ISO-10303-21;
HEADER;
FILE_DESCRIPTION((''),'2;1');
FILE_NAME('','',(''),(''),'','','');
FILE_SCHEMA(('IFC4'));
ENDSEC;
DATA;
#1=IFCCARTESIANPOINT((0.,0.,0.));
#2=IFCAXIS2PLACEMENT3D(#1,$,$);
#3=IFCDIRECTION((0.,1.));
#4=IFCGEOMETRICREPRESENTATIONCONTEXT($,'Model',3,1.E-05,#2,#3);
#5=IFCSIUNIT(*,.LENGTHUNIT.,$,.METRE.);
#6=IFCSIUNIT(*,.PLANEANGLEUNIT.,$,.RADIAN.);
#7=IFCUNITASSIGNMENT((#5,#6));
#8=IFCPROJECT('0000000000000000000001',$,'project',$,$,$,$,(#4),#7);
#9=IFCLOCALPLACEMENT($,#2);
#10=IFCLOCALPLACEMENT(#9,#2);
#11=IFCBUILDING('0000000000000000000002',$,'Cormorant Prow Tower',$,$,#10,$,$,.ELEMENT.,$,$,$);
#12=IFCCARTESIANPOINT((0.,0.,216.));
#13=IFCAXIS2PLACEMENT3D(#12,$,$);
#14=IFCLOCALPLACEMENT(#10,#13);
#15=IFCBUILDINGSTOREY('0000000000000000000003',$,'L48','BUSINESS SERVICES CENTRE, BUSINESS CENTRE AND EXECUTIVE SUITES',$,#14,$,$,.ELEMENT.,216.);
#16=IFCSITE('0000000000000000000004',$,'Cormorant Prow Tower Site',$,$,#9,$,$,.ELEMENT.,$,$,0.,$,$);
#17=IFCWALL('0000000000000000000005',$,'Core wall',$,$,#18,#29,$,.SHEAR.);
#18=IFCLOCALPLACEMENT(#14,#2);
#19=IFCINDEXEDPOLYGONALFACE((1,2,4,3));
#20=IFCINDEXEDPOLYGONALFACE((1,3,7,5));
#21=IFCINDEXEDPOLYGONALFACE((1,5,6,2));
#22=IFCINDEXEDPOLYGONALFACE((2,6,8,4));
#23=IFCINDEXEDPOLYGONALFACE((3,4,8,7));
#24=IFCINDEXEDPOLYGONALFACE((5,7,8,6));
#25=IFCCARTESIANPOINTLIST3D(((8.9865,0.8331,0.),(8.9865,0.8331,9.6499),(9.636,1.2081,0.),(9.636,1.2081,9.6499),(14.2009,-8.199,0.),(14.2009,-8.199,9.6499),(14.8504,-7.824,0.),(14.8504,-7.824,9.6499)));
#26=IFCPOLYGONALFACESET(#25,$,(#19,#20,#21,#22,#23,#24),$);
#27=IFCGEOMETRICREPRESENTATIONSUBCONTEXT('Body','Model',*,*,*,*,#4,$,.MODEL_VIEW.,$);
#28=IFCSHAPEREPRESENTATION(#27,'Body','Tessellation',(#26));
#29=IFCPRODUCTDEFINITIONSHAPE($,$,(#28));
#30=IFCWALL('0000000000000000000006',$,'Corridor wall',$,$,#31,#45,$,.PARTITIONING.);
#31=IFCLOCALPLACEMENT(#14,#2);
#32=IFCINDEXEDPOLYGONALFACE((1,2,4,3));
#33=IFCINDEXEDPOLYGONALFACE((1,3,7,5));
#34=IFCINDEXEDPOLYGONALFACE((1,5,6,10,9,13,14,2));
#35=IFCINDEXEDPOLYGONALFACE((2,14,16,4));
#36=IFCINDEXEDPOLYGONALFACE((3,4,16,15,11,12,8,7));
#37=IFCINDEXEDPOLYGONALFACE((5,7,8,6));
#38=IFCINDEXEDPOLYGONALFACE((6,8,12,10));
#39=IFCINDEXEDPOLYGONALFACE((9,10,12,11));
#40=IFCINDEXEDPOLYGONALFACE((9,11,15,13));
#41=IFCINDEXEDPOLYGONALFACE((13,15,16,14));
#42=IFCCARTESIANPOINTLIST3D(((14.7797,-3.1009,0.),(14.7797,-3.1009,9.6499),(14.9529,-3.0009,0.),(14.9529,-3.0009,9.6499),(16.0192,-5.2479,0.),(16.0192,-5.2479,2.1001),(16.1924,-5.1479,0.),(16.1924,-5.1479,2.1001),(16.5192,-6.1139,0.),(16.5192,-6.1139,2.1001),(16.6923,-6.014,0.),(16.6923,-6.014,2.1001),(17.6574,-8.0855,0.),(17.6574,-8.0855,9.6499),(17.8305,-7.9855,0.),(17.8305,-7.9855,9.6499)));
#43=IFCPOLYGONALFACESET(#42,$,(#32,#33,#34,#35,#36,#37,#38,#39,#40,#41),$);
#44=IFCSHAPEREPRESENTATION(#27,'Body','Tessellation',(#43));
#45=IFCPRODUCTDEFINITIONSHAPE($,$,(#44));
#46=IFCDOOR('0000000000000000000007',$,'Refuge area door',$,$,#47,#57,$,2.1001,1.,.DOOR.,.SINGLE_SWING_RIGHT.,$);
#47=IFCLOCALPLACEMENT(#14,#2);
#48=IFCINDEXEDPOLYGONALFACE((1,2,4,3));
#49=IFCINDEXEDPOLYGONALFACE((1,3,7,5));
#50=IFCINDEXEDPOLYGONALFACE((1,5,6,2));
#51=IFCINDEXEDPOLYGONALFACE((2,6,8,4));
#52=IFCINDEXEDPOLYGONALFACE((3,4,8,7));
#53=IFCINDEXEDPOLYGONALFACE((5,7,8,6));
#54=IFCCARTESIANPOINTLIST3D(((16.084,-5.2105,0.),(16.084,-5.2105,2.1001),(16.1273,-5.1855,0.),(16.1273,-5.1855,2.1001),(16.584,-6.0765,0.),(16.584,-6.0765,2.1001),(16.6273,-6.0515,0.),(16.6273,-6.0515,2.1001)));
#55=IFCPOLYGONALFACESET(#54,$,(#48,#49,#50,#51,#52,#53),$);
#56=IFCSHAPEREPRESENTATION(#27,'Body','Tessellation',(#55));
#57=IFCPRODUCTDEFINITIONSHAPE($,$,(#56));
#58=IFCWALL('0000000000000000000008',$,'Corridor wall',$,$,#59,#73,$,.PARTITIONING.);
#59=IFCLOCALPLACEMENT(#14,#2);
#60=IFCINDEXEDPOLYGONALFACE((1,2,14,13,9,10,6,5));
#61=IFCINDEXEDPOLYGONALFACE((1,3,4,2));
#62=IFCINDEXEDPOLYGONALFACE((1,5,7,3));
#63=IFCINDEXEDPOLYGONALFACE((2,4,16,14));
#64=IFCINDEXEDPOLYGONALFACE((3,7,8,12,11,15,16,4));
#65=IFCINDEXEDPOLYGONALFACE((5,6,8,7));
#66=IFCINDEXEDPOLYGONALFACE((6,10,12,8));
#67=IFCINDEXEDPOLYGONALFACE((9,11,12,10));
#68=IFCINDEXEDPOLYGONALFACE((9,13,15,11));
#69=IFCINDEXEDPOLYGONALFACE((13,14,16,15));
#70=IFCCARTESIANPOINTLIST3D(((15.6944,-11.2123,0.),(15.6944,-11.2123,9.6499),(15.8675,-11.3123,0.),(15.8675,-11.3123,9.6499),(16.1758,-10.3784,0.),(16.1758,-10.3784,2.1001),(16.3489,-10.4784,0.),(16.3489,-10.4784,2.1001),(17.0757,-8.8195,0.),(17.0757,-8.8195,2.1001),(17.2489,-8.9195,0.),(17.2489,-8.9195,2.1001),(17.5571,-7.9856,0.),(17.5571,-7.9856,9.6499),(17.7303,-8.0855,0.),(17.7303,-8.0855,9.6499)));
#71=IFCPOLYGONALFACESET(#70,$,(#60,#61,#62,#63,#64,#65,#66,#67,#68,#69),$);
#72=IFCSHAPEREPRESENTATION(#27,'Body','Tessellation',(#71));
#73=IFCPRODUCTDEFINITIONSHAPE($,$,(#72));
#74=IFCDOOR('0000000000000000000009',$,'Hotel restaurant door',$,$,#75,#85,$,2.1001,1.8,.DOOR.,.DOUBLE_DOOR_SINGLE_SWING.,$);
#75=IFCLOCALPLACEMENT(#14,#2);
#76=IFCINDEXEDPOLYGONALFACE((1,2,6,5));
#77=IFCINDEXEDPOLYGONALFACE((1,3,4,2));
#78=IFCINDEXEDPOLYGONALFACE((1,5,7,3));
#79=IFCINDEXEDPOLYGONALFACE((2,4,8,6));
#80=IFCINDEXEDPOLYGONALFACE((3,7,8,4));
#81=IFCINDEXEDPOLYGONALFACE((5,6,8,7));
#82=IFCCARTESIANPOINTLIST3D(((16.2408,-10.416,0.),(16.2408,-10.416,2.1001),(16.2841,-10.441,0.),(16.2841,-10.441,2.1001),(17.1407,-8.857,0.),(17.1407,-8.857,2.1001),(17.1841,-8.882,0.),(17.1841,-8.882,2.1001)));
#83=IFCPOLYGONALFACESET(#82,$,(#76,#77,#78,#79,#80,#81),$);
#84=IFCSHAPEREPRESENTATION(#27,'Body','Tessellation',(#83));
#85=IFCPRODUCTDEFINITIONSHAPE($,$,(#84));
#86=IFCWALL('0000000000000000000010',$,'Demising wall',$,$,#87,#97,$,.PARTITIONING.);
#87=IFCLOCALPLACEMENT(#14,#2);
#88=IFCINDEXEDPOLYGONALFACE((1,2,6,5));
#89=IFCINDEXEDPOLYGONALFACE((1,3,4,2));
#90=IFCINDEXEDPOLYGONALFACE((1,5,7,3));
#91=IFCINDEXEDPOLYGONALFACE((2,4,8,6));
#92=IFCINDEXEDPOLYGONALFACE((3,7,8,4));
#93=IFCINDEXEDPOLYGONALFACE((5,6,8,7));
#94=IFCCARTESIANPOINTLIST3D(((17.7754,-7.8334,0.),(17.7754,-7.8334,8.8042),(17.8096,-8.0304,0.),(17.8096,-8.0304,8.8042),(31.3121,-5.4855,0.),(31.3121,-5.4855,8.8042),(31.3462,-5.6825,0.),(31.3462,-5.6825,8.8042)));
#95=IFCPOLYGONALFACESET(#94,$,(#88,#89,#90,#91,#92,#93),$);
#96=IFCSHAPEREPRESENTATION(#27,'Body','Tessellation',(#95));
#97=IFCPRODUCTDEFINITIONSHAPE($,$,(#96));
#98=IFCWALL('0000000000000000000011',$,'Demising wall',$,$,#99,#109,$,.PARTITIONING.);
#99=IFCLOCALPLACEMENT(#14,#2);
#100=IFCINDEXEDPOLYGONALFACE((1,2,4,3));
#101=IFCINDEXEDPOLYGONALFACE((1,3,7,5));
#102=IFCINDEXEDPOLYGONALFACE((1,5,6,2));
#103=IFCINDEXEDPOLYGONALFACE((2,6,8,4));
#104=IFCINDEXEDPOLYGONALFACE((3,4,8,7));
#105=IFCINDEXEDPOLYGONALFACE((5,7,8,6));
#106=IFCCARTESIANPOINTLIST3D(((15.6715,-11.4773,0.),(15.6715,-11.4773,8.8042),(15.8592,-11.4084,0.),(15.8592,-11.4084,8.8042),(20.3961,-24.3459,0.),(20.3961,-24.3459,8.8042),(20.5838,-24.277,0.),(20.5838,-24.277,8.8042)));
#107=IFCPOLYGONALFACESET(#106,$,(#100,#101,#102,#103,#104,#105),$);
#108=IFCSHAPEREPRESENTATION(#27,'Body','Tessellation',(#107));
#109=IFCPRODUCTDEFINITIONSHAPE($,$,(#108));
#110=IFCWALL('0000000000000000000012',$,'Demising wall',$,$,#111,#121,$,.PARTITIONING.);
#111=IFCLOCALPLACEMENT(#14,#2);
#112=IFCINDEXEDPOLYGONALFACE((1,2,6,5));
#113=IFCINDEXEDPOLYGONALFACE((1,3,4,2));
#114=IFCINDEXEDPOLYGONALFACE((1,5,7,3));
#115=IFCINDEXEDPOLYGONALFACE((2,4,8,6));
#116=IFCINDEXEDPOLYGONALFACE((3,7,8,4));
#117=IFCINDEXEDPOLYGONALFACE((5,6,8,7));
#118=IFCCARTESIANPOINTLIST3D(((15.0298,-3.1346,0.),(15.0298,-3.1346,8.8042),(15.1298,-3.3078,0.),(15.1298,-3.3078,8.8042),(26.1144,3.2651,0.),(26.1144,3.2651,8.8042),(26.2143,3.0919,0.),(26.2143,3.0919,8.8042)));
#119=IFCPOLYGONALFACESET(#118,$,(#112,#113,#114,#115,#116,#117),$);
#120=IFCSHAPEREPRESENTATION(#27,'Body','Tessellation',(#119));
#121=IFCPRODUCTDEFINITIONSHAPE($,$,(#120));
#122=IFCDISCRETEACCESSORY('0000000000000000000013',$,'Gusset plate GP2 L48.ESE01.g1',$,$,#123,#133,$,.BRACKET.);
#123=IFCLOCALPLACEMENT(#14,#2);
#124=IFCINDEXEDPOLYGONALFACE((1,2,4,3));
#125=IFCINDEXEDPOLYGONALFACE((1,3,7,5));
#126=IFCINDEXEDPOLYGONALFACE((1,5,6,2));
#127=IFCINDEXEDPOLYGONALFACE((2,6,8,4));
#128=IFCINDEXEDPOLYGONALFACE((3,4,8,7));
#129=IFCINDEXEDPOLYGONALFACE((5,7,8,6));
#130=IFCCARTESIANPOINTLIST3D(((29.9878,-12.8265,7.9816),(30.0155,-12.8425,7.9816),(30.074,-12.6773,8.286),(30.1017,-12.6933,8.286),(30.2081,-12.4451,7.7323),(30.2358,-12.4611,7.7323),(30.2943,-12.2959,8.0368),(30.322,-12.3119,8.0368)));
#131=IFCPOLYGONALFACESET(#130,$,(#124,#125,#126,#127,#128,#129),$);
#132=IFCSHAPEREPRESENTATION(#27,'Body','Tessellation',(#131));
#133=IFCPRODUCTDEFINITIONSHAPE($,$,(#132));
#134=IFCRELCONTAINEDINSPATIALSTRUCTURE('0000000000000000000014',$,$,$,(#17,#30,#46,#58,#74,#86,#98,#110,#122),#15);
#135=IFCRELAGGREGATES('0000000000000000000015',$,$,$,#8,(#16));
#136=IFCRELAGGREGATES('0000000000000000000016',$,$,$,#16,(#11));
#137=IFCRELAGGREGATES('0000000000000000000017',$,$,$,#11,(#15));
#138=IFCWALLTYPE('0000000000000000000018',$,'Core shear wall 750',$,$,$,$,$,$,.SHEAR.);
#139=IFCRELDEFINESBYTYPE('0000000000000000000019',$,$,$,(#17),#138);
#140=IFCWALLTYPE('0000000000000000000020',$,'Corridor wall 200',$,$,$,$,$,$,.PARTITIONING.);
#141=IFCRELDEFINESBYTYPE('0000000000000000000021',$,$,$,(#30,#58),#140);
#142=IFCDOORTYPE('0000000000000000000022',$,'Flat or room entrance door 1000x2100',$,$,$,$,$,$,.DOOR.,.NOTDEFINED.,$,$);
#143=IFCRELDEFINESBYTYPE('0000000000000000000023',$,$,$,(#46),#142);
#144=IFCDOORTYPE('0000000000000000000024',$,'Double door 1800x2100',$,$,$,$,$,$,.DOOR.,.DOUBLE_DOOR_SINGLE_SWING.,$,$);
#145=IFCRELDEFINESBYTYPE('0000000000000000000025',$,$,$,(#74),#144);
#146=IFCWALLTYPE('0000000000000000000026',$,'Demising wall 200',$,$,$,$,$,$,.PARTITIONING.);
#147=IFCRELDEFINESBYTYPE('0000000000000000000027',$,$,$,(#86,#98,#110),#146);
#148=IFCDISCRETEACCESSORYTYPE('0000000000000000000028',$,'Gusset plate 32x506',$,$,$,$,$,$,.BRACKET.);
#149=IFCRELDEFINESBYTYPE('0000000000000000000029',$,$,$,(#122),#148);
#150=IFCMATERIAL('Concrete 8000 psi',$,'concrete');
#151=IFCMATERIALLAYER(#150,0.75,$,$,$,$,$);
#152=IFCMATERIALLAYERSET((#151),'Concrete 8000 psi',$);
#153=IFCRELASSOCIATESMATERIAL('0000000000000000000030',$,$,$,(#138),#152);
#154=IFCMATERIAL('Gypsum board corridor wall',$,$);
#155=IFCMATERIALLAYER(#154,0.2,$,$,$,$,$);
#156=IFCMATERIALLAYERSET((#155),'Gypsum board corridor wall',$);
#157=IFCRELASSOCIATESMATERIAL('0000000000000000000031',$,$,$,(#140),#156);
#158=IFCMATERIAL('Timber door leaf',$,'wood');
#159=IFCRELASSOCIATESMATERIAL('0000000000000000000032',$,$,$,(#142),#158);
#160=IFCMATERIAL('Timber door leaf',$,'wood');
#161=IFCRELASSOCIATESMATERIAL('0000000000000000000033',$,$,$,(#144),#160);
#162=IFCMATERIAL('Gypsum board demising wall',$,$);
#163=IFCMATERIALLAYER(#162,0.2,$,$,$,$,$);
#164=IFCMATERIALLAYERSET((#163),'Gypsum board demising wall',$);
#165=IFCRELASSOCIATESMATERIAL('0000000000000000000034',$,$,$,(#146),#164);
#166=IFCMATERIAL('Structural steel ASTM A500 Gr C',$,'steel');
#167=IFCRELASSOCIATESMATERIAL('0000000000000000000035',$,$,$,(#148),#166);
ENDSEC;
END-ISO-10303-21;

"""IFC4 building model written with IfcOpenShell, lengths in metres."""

from ifc_helpers import new_model, si_unit, direction, frame, frame_2d, origin, origin_2d, place, context, subcontext, project, spatial, rectangle, extrude, material, layer, layer_set, material_profile, profile_set, type_object, element, fill, save


model = new_model("IFC4")

# Units and contexts
model_context = context("Model", 3, precision=1e-05, world=origin(), true_north=direction((0.0, 1.0)))
body_context = subcontext(model_context, "Body", "Model", "MODEL_VIEW")
ifc_project = project(units=[si_unit("LENGTHUNIT", "METRE"), si_unit("PLANEANGLEUNIT", "RADIAN")], contexts=[model_context])

# Site, building, storey
site_placement = place(None, origin())
site = spatial("IfcSite", under=ifc_project, at=site_placement, Name="Cormorant Prow Tower Site", CompositionType="ELEMENT", RefElevation=0.0)
building_placement = place(site_placement, origin())
building = spatial("IfcBuilding", under=site, at=building_placement, Name="Cormorant Prow Tower", CompositionType="ELEMENT")
storey_placement = place(building_placement, frame((0.0, 0.0, 216.0)))
storey = spatial("IfcBuildingStorey", under=building, at=storey_placement, Name="L48", Description="BUSINESS SERVICES CENTRE, BUSINESS CENTRE AND EXECUTIVE SUITES", CompositionType="ELEMENT", Elevation=216.0)

# Wall
ifc_material_1 = material(Name="Concrete 8000 psi", Category="concrete")
ifc_layer_1 = layer(ifc_material_1, 0.75)
ifc_layer_set_1 = layer_set([ifc_layer_1], Name="Concrete 8000 psi")
wall_type_1 = type_object("IfcWallType", Name="Core shear wall 750", PredefinedType="SHEAR", material=ifc_layer_set_1)
wall_1_placement = place(storey_placement, frame((14.5256, -8.0115, 0.0), z_axis=(0.0, 0.0, 1.0), x_axis=(-0.499981, 0.866036, 0.0)))
element("IfcWall", 1, at=wall_1_placement, inside=storey, type_object=wall_type_1, Name="Core wall", PredefinedType="SHEAR", context=body_context, shape_type="SweptSolid", body=[
    extrude(rectangle(XDim=10.4292, YDim=0.75, at=frame_2d((5.2146, 0.0))), origin(), (0.0, 0.0, 1.0), 9.6499),
])

# Walls, openings, doors
ifc_material_2 = material(Name="Gypsum board corridor wall")
ifc_layer_2 = layer(ifc_material_2, 0.2)
ifc_layer_set_2 = layer_set([ifc_layer_2], Name="Gypsum board corridor wall")
wall_type_2 = type_object("IfcWallType", Name="Corridor wall 200", PredefinedType="PARTITIONING", material=ifc_layer_set_2)
wall_2_placement = place(storey_placement, frame((14.8662, -3.0508, 0.0), z_axis=(0.0, 0.0, 1.0), x_axis=(0.499976, -0.866039, 0.0)))
wall_2 = element("IfcWall", 2, at=wall_2_placement, inside=storey, type_object=wall_type_2, Name="Corridor wall", PredefinedType="PARTITIONING", context=body_context, shape_type="SweptSolid", body=[
    extrude(rectangle(XDim=5.7556, YDim=0.2, at=frame_2d((2.8779, 0.0))), origin(), (0.0, 0.0, 1.0), 9.6499),
])
opening_1_placement = place(wall_2_placement, frame((2.4792, 0.0, 0.0)))
opening_1 = element("IfcOpeningElement", 3, at=opening_1_placement, cuts=wall_2, PredefinedType="OPENING", context=body_context, shape_type="SweptSolid", body=[
    extrude(rectangle(XDim=1.0, YDim=2.1001, at=frame_2d((0.5, 1.05))), frame((0.0, 0.1099, 0.0), z_axis=(0.0, -1.0, 0.0), x_axis=(1.0, 0.0, 0.0)), (0.0, 0.0, 1.0), 0.22),
])
ifc_material_3 = material(Name="Timber door leaf", Category="wood")
door_type_1 = type_object("IfcDoorType", Name="Flat or room entrance door 1000x2100", OperationType="NOTDEFINED", PredefinedType="DOOR", material=ifc_material_3)
door_1_placement = place(opening_1_placement, origin())
door_1 = element("IfcDoor", 4, at=door_1_placement, inside=storey, type_object=door_type_1, Name="Refuge area door", OperationType="SINGLE_SWING_RIGHT", OverallHeight=2.1001, OverallWidth=1.0, PredefinedType="DOOR", context=body_context, shape_type="SweptSolid", body=[
    extrude(rectangle(XDim=1.0, YDim=2.1001, at=frame_2d((0.5, 1.05))), frame((0.0, 0.0249, 0.0), z_axis=(0.0, -1.0, 0.0), x_axis=(1.0, 0.0, 0.0)), (0.0, 0.0, 1.0), 0.05),
])
fill(opening_1, door_1)
wall_3_placement = place(storey_placement, frame((15.781, -11.2622, 0.0), z_axis=(0.0, 0.0, 1.0), x_axis=(0.499959, 0.866049, 0.0)))
wall_3 = element("IfcWall", 5, at=wall_3_placement, inside=storey, type_object=wall_type_2, Name="Corridor wall", PredefinedType="PARTITIONING", context=body_context, shape_type="SweptSolid", body=[
    extrude(rectangle(XDim=3.7258, YDim=0.2, at=frame_2d((1.8628, 0.0))), origin(), (0.0, 0.0, 1.0), 9.6499),
])
opening_2_placement = place(wall_3_placement, frame((0.9629, 0.0, 0.0)))
opening_2 = element("IfcOpeningElement", 6, at=opening_2_placement, cuts=wall_3, PredefinedType="OPENING", context=body_context, shape_type="SweptSolid", body=[
    extrude(rectangle(XDim=1.8, YDim=2.1001, at=frame_2d((0.8999, 1.05))), frame((0.0, 0.1099, 0.0), z_axis=(0.0, -1.0, 0.0), x_axis=(1.0, 0.0, 0.0)), (0.0, 0.0, 1.0), 0.22),
])
ifc_material_4 = material(Name="Timber door leaf", Category="wood")
door_type_2 = type_object("IfcDoorType", Name="Double door 1800x2100", OperationType="DOUBLE_DOOR_SINGLE_SWING", PredefinedType="DOOR", material=ifc_material_4)
door_2_placement = place(opening_2_placement, origin())
door_2 = element("IfcDoor", 7, at=door_2_placement, inside=storey, type_object=door_type_2, Name="Hotel restaurant door", OperationType="DOUBLE_DOOR_SINGLE_SWING", OverallHeight=2.1001, OverallWidth=1.8, PredefinedType="DOOR", context=body_context, shape_type="SweptSolid", body=[
    extrude(rectangle(XDim=1.8, YDim=2.1001, at=frame_2d((0.8999, 1.05))), frame((0.0, 0.0249, 0.0), z_axis=(0.0, -1.0, 0.0), x_axis=(1.0, 0.0, 0.0)), (0.0, 0.0, 1.0), 0.05),
])
fill(opening_2, door_2)

# Walls
ifc_material_5 = material(Name="Gypsum board demising wall")
ifc_layer_3 = layer(ifc_material_5, 0.2)
ifc_layer_set_3 = layer_set([ifc_layer_3], Name="Gypsum board demising wall")
wall_type_3 = type_object("IfcWallType", Name="Demising wall 200", PredefinedType="PARTITIONING", material=ifc_layer_set_3)
wall_4_placement = place(storey_placement, frame((17.7925, -7.9319, 0.0), z_axis=(0.0, 0.0, 1.0), x_axis=(0.985289, 0.170896, 0.0)))
element("IfcWall", 8, at=wall_4_placement, inside=storey, type_object=wall_type_3, Name="Demising wall", PredefinedType="PARTITIONING", context=body_context, shape_type="SweptSolid", body=[
    extrude(rectangle(XDim=13.7388, YDim=0.2, at=frame_2d((6.8694, 0.0))), origin(), (0.0, 0.0, 1.0), 8.8042),
])
wall_5_placement = place(storey_placement, frame((15.7654, -11.4429, 0.0), z_axis=(0.0, 0.0, 1.0), x_axis=(0.344647, -0.938732, 0.0)))
element("IfcWall", 9, at=wall_5_placement, inside=storey, type_object=wall_type_3, Name="Demising wall", PredefinedType="PARTITIONING", context=body_context, shape_type="SweptSolid", body=[
    extrude(rectangle(XDim=13.7085, YDim=0.2, at=frame_2d((6.8542, 0.0))), origin(), (0.0, 0.0, 1.0), 8.8042),
])
wall_6_placement = place(storey_placement, frame((15.0798, -3.2212, 0.0), z_axis=(0.0, 0.0, 1.0), x_axis=(0.866024, 0.500002, 0.0)))
element("IfcWall", 10, at=wall_6_placement, inside=storey, type_object=wall_type_3, Name="Demising wall", PredefinedType="PARTITIONING", context=body_context, shape_type="SweptSolid", body=[
    extrude(rectangle(XDim=12.7993, YDim=0.2, at=frame_2d((6.3997, 0.0))), origin(), (0.0, 0.0, 1.0), 8.8042),
])

# Discrete accessory
ifc_material_6 = material(Name="Structural steel ASTM A500 Gr C", Category="steel")
ifc_material_profile_1 = material_profile(ifc_material_6, rectangle(XDim=0.032, YDim=0.5061, at=origin_2d()), Name="Gusset plate 32x506")
ifc_profile_set_1 = profile_set([ifc_material_profile_1], Name="Structural steel ASTM A500 Gr C")
discrete_accessory_type = type_object("IfcDiscreteAccessoryType", Name="Gusset plate 32x506", PredefinedType="BRACKET", material=ifc_profile_set_1)
discrete_accessory_placement = place(storey_placement, frame((30.1118, -12.6438, 7.8569), z_axis=(0.246369, 0.426435, 0.870319), x_axis=(-0.865879, 0.500254, 0.0)))
element("IfcDiscreteAccessory", 11, at=discrete_accessory_placement, inside=storey, type_object=discrete_accessory_type, Name="Gusset plate GP2 L48.ESE01.g1", PredefinedType="BRACKET", context=body_context, shape_type="SweptSolid", body=[
    extrude(rectangle(XDim=0.032, YDim=0.5061, at=origin_2d()), origin(), (0.0, 0.0, 1.0), 0.3499),
])

save(model, "model.ifc")
